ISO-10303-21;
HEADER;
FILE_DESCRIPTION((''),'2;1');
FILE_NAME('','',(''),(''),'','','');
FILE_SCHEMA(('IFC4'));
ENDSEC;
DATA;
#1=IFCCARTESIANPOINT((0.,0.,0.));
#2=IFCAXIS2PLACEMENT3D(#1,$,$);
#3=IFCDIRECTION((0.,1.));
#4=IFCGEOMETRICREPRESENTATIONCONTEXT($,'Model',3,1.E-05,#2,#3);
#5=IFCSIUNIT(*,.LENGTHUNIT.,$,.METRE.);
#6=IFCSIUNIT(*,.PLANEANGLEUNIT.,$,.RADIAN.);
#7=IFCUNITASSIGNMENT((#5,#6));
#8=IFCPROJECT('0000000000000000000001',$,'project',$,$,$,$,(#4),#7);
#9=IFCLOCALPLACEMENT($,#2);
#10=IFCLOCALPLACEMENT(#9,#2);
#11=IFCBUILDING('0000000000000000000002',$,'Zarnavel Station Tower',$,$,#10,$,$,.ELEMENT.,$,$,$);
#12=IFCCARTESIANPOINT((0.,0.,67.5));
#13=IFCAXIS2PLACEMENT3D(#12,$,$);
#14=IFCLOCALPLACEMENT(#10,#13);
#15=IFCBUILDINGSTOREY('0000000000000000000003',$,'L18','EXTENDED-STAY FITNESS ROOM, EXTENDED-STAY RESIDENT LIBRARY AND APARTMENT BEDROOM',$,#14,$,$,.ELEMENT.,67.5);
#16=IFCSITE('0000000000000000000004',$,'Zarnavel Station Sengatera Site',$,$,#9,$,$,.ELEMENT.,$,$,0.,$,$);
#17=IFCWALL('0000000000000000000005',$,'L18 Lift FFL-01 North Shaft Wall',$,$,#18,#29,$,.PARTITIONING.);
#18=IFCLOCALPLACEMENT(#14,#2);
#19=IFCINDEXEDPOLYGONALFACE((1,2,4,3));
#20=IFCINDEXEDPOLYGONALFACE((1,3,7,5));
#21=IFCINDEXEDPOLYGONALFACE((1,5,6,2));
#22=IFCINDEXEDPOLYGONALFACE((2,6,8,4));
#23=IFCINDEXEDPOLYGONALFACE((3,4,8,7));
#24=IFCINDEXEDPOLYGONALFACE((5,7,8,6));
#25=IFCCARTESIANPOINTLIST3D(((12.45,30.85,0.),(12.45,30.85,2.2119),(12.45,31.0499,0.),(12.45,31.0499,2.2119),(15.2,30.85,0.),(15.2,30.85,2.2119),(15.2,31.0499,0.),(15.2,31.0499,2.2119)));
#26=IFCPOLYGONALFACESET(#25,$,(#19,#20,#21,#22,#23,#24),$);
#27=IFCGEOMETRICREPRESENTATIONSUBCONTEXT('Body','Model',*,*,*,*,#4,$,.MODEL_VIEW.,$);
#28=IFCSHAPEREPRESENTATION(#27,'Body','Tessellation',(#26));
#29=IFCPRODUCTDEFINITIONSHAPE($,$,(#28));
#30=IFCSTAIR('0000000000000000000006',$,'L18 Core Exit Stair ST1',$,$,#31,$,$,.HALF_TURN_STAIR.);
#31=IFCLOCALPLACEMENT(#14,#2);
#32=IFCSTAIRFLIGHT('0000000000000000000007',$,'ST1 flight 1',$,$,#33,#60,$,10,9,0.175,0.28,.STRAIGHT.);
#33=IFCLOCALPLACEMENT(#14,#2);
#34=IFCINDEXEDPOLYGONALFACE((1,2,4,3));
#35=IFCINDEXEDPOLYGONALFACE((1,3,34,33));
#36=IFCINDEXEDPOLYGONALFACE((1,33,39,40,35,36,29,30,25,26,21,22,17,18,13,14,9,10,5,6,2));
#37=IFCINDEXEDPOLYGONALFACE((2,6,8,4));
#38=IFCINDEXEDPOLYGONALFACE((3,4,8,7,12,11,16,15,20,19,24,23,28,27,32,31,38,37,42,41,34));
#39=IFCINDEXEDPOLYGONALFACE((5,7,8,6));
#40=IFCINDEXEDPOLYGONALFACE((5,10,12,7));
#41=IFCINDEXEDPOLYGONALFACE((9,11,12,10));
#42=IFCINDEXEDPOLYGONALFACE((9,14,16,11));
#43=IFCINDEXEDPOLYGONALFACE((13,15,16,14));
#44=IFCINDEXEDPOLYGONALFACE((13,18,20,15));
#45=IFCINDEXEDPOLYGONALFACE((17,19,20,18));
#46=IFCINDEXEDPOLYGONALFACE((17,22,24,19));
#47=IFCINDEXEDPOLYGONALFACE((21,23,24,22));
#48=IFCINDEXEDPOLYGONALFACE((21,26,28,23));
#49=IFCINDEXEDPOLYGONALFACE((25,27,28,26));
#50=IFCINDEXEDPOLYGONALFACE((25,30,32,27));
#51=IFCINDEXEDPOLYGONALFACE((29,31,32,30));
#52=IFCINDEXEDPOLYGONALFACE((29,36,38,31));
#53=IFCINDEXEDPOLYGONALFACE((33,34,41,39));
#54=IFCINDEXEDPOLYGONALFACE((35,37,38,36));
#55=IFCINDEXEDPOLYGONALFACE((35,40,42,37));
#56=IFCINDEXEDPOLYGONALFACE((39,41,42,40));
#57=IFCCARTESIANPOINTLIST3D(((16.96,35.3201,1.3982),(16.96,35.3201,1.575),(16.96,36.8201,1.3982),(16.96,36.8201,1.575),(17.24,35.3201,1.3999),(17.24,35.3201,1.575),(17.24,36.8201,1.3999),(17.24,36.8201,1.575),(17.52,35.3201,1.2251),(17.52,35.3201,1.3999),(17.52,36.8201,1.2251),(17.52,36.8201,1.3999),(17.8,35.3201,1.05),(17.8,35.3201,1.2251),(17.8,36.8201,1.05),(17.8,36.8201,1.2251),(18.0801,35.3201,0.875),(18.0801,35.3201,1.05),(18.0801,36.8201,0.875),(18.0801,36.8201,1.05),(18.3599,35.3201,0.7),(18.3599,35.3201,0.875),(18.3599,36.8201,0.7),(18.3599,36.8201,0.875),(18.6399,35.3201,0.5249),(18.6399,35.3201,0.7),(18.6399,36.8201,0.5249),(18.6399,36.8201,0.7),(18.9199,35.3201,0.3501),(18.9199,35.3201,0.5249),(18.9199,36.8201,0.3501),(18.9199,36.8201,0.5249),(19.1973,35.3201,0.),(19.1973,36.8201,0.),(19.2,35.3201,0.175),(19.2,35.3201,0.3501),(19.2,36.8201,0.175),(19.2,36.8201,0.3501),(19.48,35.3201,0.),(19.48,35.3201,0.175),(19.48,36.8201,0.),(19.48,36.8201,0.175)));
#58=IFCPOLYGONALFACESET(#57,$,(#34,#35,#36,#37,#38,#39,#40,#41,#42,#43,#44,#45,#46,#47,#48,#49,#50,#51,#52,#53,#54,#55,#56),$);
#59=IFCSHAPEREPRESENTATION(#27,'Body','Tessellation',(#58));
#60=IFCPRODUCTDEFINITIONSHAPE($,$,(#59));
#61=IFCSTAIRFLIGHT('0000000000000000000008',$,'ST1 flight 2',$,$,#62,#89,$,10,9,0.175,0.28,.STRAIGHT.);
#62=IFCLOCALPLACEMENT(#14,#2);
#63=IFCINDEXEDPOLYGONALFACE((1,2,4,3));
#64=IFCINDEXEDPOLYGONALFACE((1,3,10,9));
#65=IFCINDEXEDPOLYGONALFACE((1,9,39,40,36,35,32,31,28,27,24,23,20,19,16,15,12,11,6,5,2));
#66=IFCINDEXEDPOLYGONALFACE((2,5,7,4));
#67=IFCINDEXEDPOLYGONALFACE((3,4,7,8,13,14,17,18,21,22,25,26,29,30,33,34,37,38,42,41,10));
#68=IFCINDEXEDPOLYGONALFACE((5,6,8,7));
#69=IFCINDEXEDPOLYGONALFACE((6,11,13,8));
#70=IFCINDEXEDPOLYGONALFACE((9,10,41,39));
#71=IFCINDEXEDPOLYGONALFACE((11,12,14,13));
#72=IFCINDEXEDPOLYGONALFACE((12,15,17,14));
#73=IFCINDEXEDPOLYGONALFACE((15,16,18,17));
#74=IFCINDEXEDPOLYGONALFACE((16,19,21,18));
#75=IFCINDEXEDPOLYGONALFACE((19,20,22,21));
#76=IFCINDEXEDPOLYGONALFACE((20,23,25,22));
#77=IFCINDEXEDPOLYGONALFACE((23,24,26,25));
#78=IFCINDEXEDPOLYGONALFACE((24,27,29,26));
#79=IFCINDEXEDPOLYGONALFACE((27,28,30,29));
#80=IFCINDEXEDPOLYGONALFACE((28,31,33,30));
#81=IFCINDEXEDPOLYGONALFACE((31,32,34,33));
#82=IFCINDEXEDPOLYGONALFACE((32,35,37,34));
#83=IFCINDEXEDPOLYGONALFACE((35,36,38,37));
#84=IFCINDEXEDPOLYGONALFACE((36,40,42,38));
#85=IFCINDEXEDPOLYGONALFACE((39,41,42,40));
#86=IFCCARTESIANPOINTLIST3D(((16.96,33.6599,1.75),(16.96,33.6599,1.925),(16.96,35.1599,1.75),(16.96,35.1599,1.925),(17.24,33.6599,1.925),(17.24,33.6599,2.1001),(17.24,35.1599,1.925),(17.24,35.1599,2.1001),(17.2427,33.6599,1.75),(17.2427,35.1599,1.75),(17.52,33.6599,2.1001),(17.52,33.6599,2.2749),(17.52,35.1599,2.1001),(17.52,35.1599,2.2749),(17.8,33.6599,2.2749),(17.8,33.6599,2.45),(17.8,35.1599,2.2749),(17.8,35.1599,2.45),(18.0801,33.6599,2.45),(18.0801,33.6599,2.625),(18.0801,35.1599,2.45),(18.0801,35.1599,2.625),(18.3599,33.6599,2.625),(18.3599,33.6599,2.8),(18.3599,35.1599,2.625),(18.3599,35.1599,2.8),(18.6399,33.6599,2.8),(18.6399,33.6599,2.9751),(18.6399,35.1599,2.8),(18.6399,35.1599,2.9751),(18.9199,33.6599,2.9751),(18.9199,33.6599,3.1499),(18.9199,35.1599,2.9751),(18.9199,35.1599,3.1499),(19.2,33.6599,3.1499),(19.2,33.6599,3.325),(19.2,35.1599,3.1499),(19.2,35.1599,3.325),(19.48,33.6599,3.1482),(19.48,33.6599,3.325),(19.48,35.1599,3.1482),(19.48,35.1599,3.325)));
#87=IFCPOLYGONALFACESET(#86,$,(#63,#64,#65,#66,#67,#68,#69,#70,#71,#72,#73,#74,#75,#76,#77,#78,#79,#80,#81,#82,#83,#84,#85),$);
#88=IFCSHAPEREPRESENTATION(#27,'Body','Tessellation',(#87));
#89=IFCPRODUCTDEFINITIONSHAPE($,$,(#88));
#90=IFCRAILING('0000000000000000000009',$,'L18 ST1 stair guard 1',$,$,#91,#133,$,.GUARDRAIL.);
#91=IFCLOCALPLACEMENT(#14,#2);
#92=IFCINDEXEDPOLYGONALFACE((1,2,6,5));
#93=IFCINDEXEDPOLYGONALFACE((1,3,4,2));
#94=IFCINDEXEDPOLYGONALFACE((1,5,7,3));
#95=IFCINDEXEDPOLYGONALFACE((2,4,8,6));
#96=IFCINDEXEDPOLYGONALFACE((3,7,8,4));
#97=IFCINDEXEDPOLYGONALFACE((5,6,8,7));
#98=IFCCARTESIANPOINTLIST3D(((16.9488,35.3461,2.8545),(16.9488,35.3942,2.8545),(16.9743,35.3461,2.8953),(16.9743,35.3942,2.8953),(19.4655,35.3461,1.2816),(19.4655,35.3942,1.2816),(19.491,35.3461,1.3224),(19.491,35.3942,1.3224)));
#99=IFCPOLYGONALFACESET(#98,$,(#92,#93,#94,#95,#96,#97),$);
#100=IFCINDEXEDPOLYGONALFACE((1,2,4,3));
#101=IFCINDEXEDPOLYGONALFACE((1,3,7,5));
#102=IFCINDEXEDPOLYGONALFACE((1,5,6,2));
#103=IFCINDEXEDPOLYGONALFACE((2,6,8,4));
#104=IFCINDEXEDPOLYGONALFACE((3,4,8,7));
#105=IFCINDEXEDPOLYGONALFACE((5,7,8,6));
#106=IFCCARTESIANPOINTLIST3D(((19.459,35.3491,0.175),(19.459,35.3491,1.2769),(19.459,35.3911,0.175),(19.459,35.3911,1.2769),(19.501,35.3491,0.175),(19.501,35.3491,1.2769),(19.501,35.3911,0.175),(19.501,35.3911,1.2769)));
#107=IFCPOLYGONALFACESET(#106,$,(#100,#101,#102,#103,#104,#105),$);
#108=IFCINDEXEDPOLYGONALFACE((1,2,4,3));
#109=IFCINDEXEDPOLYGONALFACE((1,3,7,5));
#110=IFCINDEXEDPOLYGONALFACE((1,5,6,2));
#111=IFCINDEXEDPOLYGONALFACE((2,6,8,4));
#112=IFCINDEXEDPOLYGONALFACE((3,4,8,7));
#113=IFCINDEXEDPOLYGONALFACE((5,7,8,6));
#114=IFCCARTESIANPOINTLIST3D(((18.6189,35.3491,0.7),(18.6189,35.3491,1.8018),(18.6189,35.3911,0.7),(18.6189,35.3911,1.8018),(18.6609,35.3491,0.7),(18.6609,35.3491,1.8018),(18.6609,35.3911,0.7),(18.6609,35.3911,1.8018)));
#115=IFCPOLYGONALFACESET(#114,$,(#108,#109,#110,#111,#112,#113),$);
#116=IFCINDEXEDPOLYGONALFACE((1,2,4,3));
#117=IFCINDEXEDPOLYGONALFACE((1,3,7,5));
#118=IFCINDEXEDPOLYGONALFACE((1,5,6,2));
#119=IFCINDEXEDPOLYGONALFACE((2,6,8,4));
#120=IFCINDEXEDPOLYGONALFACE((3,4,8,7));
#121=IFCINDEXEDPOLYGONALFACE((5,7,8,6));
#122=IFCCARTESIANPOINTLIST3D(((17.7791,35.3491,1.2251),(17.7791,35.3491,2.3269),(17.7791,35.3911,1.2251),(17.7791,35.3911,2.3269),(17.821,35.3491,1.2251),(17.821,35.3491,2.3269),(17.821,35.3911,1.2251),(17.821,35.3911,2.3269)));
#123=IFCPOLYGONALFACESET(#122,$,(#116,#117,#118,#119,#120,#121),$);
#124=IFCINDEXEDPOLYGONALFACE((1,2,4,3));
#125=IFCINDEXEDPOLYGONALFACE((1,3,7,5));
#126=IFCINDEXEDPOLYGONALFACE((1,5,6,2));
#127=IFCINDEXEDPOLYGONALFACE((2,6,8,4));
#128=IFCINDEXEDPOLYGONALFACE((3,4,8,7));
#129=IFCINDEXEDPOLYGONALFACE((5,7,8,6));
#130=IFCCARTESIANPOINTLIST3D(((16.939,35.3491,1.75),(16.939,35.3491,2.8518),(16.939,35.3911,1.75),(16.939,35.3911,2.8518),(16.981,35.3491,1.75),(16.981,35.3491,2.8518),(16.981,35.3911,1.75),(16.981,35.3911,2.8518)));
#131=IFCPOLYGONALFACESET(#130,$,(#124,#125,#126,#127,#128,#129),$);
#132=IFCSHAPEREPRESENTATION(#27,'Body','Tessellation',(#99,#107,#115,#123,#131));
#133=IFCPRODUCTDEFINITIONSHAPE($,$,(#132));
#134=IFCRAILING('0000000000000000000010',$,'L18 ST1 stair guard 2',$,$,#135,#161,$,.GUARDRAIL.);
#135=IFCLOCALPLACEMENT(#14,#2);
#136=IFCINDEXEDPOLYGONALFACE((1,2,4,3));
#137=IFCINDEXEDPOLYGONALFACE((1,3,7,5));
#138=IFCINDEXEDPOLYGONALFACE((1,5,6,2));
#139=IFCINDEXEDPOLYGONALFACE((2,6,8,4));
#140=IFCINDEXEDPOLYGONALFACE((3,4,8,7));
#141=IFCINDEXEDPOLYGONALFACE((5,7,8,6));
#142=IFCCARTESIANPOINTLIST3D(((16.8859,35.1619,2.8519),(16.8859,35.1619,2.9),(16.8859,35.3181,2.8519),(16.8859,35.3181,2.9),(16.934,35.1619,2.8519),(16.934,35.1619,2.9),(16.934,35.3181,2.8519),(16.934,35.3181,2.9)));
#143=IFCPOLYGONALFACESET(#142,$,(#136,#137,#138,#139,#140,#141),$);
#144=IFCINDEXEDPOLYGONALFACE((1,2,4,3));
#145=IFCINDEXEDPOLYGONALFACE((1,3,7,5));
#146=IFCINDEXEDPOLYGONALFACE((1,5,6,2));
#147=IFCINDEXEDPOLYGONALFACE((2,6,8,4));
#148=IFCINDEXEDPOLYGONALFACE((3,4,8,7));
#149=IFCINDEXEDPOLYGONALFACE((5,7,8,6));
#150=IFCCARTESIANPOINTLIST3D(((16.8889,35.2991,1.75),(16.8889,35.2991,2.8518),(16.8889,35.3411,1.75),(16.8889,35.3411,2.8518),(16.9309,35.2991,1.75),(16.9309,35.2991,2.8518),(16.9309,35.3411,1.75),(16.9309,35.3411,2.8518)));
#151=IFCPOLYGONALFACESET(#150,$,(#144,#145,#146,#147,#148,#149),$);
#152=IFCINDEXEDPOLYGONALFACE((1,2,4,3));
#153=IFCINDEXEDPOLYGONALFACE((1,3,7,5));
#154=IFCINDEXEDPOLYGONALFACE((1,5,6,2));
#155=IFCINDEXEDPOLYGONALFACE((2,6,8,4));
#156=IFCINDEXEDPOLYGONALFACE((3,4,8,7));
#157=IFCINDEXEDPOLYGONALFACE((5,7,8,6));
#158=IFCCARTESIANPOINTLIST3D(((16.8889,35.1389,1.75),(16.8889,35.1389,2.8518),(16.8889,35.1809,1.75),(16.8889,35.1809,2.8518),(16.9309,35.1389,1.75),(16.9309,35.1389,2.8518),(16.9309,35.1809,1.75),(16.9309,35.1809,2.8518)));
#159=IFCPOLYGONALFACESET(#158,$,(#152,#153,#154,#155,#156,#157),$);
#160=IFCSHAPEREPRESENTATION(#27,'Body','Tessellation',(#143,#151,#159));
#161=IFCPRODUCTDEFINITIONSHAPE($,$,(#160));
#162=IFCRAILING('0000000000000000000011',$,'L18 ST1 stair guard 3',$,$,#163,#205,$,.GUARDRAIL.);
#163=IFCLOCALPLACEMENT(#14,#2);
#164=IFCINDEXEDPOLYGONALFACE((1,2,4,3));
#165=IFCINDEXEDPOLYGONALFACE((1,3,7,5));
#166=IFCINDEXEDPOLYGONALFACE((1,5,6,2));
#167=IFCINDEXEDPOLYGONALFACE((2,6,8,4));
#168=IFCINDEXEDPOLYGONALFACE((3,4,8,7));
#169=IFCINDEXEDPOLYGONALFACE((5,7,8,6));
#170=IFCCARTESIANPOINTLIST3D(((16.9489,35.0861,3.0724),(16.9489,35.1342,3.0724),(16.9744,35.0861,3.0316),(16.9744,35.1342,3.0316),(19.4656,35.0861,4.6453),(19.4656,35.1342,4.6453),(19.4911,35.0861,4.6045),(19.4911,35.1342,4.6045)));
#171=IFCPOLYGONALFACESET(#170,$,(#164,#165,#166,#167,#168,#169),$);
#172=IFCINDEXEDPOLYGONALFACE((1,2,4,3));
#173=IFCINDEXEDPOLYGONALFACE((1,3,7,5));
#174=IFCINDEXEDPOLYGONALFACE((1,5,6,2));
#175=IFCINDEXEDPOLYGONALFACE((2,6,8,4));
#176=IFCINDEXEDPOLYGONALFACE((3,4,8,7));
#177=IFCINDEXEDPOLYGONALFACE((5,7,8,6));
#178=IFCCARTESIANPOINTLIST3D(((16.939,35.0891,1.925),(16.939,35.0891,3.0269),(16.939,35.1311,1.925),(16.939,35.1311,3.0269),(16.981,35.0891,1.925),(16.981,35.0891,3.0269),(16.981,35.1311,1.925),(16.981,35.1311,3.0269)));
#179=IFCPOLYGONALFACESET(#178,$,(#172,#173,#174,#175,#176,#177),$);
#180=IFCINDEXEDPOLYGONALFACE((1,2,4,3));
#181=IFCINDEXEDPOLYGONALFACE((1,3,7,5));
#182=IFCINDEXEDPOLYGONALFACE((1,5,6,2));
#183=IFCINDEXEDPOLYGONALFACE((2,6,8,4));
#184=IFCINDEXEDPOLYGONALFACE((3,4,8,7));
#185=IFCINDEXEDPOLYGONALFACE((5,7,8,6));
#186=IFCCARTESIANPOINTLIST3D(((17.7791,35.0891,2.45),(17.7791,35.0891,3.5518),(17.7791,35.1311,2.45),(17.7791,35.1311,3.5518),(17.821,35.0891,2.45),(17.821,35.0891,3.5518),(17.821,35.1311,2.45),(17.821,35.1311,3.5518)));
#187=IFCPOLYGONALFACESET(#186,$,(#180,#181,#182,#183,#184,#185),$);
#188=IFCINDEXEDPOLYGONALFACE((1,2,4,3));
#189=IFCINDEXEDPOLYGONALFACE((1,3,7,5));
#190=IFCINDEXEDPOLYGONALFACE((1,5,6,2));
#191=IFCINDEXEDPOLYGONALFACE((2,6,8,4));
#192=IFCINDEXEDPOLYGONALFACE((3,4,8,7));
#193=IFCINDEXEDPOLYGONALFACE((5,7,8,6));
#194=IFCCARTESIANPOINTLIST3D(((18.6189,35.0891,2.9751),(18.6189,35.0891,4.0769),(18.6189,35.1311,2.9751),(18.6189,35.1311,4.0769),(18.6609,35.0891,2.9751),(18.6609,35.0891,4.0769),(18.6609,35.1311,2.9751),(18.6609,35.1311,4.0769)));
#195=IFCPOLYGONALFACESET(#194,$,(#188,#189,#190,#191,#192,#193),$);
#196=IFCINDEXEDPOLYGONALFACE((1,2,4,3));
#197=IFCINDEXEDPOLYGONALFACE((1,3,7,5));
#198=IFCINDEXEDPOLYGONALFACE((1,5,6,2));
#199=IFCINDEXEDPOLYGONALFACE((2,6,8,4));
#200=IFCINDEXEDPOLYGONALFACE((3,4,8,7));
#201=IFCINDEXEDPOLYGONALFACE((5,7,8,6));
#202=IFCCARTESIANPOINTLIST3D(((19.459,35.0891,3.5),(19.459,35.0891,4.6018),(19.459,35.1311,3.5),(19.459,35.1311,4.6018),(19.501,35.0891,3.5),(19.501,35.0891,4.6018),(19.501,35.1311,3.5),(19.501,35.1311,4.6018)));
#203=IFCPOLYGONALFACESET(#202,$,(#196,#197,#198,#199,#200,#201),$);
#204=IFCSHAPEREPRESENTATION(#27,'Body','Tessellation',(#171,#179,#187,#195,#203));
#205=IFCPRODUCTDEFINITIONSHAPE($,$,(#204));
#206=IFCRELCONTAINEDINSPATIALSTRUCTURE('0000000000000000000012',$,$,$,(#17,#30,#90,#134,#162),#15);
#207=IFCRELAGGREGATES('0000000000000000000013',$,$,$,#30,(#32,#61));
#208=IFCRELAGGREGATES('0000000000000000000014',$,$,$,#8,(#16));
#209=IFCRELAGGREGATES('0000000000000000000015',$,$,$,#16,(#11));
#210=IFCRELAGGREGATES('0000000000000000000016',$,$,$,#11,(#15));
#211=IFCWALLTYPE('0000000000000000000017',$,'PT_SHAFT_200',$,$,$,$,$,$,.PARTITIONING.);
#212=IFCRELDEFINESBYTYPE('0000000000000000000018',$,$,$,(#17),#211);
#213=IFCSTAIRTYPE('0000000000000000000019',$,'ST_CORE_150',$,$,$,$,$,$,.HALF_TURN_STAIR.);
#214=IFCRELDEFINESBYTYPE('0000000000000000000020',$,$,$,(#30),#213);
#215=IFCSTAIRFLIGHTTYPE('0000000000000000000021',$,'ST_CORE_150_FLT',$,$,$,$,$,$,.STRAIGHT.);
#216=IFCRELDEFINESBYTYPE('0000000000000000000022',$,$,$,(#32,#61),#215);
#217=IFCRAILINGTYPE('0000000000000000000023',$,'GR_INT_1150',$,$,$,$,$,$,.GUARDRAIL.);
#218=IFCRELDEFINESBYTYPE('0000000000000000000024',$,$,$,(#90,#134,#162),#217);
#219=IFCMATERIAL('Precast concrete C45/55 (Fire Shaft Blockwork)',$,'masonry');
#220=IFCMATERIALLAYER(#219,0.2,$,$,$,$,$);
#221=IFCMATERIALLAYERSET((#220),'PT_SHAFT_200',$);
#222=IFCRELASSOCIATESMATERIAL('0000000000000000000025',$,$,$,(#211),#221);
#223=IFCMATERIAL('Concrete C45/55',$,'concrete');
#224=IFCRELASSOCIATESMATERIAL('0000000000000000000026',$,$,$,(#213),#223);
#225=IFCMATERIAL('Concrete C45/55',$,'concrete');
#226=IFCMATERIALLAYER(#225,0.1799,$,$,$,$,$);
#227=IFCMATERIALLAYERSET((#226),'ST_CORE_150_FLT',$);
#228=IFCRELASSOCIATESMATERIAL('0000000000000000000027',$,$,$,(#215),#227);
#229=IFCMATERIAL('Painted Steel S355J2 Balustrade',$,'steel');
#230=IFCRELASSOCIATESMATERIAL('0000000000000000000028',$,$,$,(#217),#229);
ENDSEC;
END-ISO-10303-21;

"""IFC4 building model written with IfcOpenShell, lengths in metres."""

from ifc_helpers import new_model, si_unit, direction, frame, frame_2d, origin, origin_2d, place, context, subcontext, project, spatial, polyline, rectangle, outline, extrude, material, layer, layer_set, type_object, element, aggregate, save


model = new_model("IFC4")

# Units and contexts
model_context = context("Model", 3, precision=1e-05, world=origin(), true_north=direction((0.0, 1.0)))
body_context = subcontext(model_context, "Body", "Model", "MODEL_VIEW")
ifc_project = project(units=[si_unit("LENGTHUNIT", "METRE"), si_unit("PLANEANGLEUNIT", "RADIAN")], contexts=[model_context])

# Site, building, storey
site_placement = place(None, origin())
site = spatial("IfcSite", under=ifc_project, at=site_placement, Name="Zarnavel Station Sengatera Site", CompositionType="ELEMENT", RefElevation=0.0)
building_placement = place(site_placement, origin())
building = spatial("IfcBuilding", under=site, at=building_placement, Name="Zarnavel Station Tower", CompositionType="ELEMENT")
storey_placement = place(building_placement, frame((0.0, 0.0, 67.5)))
storey = spatial("IfcBuildingStorey", under=building, at=storey_placement, Name="L18", Description="EXTENDED-STAY FITNESS ROOM, EXTENDED-STAY RESIDENT LIBRARY AND APARTMENT BEDROOM", CompositionType="ELEMENT", Elevation=67.5)

# Shared definitions
ifc_material_1 = material(Name="Precast concrete C45/55 (Fire Shaft Blockwork)", Category="masonry")
ifc_layer_1 = layer(ifc_material_1, 0.2)
ifc_layer_set_1 = layer_set([ifc_layer_1], Name="PT_SHAFT_200")
wall_type_1 = type_object("IfcWallType", Name="PT_SHAFT_200", PredefinedType="PARTITIONING", material=ifc_layer_set_1)

# Wall
wall_1_placement = place(storey_placement, frame((12.45, 30.95, 0.0), z_axis=(0.0, 0.0, 1.0), x_axis=(1.0, 0.0, 0.0)))
element("IfcWall", 1, at=wall_1_placement, inside=storey, type_object=wall_type_1, Name="L18 Lift FFL-01 North Shaft Wall", PredefinedType="PARTITIONING", context=body_context, shape_type="SweptSolid", body=[
    extrude(rectangle(XDim=2.75, YDim=0.2, at=frame_2d((1.375, 0.0))), origin(), (0.0, 0.0, 1.0), 2.2119),
])

# Stair, stair flights
ifc_material_2 = material(Name="Concrete C45/55", Category="concrete")
stair_type = type_object("IfcStairType", Name="ST_CORE_150", PredefinedType="HALF_TURN_STAIR", material=ifc_material_2)
stair_placement = place(storey_placement, origin())
stair = element("IfcStair", 2, at=stair_placement, inside=storey, type_object=stair_type, Name="L18 Core Exit Stair ST1", PredefinedType="HALF_TURN_STAIR")
ifc_material_3 = material(Name="Concrete C45/55", Category="concrete")
ifc_layer_2 = layer(ifc_material_3, 0.1799)
ifc_layer_set_2 = layer_set([ifc_layer_2], Name="ST_CORE_150_FLT")
stair_flight_type = type_object("IfcStairFlightType", Name="ST_CORE_150_FLT", PredefinedType="STRAIGHT", material=ifc_layer_set_2)
stair_flight_1_placement = place(storey_placement, frame((19.48, 36.0701, 0.0), z_axis=(0.0, 0.0, 1.0), x_axis=(-1.0, 0.0, 0.0)))
stair_flight_1 = element("IfcStairFlight", 3, at=stair_flight_1_placement, type_object=stair_flight_type, Name="ST1 flight 1", NumberOfRisers=10, NumberOfTreads=9, PredefinedType="STRAIGHT", RiserHeight=0.175, TreadLength=0.28, context=body_context, shape_type="SweptSolid", body=[
    extrude(outline(polyline([(0.0, 0.0), (0.0, 0.175), (0.28, 0.175), (0.28, 0.3501), (0.5601, 0.3501), (0.5601, 0.5249), (0.8401, 0.5249), (0.8401, 0.7), (1.1201, 0.7), (1.1201, 0.875), (1.3999, 0.875), (1.3999, 1.05), (1.6799, 1.05), (1.6799, 1.2251), (1.96, 1.2251), (1.96, 1.3999), (2.24, 1.3999), (2.24, 1.575), (2.52, 1.575), (2.52, 1.75), (2.52, 1.3982), (0.2827, 0.0), (0.0, 0.0)])), frame((0.0, 0.75, 0.0), z_axis=(0.0, -1.0, 0.0), x_axis=(1.0, 0.0, 0.0)), (0.0, 0.0, 1.0), 1.5),
])
stair_flight_2_placement = place(storey_placement, frame((16.96, 34.4099, 1.75), z_axis=(0.0, 0.0, 1.0), x_axis=(1.0, 0.0, 0.0)))
stair_flight_2 = element("IfcStairFlight", 4, at=stair_flight_2_placement, type_object=stair_flight_type, Name="ST1 flight 2", NumberOfRisers=10, NumberOfTreads=9, PredefinedType="STRAIGHT", RiserHeight=0.175, TreadLength=0.28, context=body_context, shape_type="SweptSolid", body=[
    extrude(outline(polyline([(0.0, 0.0), (0.0, 0.175), (0.28, 0.175), (0.28, 0.3501), (0.5601, 0.3501), (0.5601, 0.5249), (0.8401, 0.5249), (0.8401, 0.7), (1.1201, 0.7), (1.1201, 0.875), (1.3999, 0.875), (1.3999, 1.05), (1.6799, 1.05), (1.6799, 1.2251), (1.96, 1.2251), (1.96, 1.3999), (2.24, 1.3999), (2.24, 1.575), (2.52, 1.575), (2.52, 1.75), (2.52, 1.3982), (0.2827, 0.0), (0.0, 0.0)])), frame((0.0, 0.75, 0.0), z_axis=(0.0, -1.0, 0.0), x_axis=(1.0, 0.0, 0.0)), (0.0, 0.0, 1.0), 1.5),
])
aggregate(stair, [stair_flight_1, stair_flight_2])

# Railings
ifc_material_4 = material(Name="Painted Steel S355J2 Balustrade", Category="steel")
railing_type_1 = type_object("IfcRailingType", Name="GR_INT_1150", PredefinedType="GUARDRAIL", material=ifc_material_4)
railing_1_placement = place(storey_placement, frame((19.48, 35.3701, 0.175)))
element("IfcRailing", 5, at=railing_1_placement, inside=storey, type_object=railing_type_1, Name="L18 ST1 stair guard 1", PredefinedType="GUARDRAIL", context=body_context, shape_type="SweptSolid", body=[
    extrude(rectangle(XDim=0.0481, YDim=0.0481, at=origin_2d()), frame((-0.0017, 0.0, 1.127), z_axis=(-0.848008, 0.0, 0.529984), x_axis=(0.0, -1.0, 0.0)), (0.0, 0.0, 1.0), 2.9678),
    extrude(rectangle(XDim=0.042, YDim=0.042, at=origin_2d()), origin(), (0.0, 0.0, 1.0), 1.1018),
    extrude(rectangle(XDim=0.042, YDim=0.042, at=origin_2d()), frame((-0.8401, 0.0, 0.5249)), (0.0, 0.0, 1.0), 1.1018),
    extrude(rectangle(XDim=0.042, YDim=0.042, at=origin_2d()), frame((-1.6799, 0.0, 1.05)), (0.0, 0.0, 1.0), 1.1018),
    extrude(rectangle(XDim=0.042, YDim=0.042, at=origin_2d()), frame((-2.52, 0.0, 1.575)), (0.0, 0.0, 1.0), 1.1018),
])
railing_2_placement = place(storey_placement, frame((16.9099, 35.3201, 1.75)))
element("IfcRailing", 6, at=railing_2_placement, inside=storey, type_object=railing_type_1, Name="L18 ST1 stair guard 2", PredefinedType="GUARDRAIL", context=body_context, shape_type="SweptSolid", body=[
    extrude(rectangle(XDim=0.0481, YDim=0.0481, at=origin_2d()), frame((0.0, -0.002, 1.126), z_axis=(0.0, -1.0, 0.0), x_axis=(1.0, 0.0, 0.0)), (0.0, 0.0, 1.0), 0.1562),
    extrude(rectangle(XDim=0.042, YDim=0.042, at=origin_2d()), origin(), (0.0, 0.0, 1.0), 1.1018),
    extrude(rectangle(XDim=0.042, YDim=0.042, at=origin_2d()), frame((0.0, -0.1602, 0.0)), (0.0, 0.0, 1.0), 1.1018),
])
railing_3_placement = place(storey_placement, frame((16.96, 35.1101, 1.925)))
element("IfcRailing", 7, at=railing_3_placement, inside=storey, type_object=railing_type_1, Name="L18 ST1 stair guard 3", PredefinedType="GUARDRAIL", context=body_context, shape_type="SweptSolid", body=[
    extrude(rectangle(XDim=0.0481, YDim=0.0481, at=origin_2d()), frame((0.0017, 0.0, 1.127), z_axis=(0.848008, 0.0, 0.529984), x_axis=(0.0, 1.0, 0.0)), (0.0, 0.0, 1.0), 2.9678),
    extrude(rectangle(XDim=0.042, YDim=0.042, at=origin_2d()), origin(), (0.0, 0.0, 1.0), 1.1018),
    extrude(rectangle(XDim=0.042, YDim=0.042, at=origin_2d()), frame((0.8401, 0.0, 0.5249)), (0.0, 0.0, 1.0), 1.1018),
    extrude(rectangle(XDim=0.042, YDim=0.042, at=origin_2d()), frame((1.6799, 0.0, 1.05)), (0.0, 0.0, 1.0), 1.1018),
    extrude(rectangle(XDim=0.042, YDim=0.042, at=origin_2d()), frame((2.52, 0.0, 1.575)), (0.0, 0.0, 1.0), 1.1018),
])

save(model, "model.ifc")
